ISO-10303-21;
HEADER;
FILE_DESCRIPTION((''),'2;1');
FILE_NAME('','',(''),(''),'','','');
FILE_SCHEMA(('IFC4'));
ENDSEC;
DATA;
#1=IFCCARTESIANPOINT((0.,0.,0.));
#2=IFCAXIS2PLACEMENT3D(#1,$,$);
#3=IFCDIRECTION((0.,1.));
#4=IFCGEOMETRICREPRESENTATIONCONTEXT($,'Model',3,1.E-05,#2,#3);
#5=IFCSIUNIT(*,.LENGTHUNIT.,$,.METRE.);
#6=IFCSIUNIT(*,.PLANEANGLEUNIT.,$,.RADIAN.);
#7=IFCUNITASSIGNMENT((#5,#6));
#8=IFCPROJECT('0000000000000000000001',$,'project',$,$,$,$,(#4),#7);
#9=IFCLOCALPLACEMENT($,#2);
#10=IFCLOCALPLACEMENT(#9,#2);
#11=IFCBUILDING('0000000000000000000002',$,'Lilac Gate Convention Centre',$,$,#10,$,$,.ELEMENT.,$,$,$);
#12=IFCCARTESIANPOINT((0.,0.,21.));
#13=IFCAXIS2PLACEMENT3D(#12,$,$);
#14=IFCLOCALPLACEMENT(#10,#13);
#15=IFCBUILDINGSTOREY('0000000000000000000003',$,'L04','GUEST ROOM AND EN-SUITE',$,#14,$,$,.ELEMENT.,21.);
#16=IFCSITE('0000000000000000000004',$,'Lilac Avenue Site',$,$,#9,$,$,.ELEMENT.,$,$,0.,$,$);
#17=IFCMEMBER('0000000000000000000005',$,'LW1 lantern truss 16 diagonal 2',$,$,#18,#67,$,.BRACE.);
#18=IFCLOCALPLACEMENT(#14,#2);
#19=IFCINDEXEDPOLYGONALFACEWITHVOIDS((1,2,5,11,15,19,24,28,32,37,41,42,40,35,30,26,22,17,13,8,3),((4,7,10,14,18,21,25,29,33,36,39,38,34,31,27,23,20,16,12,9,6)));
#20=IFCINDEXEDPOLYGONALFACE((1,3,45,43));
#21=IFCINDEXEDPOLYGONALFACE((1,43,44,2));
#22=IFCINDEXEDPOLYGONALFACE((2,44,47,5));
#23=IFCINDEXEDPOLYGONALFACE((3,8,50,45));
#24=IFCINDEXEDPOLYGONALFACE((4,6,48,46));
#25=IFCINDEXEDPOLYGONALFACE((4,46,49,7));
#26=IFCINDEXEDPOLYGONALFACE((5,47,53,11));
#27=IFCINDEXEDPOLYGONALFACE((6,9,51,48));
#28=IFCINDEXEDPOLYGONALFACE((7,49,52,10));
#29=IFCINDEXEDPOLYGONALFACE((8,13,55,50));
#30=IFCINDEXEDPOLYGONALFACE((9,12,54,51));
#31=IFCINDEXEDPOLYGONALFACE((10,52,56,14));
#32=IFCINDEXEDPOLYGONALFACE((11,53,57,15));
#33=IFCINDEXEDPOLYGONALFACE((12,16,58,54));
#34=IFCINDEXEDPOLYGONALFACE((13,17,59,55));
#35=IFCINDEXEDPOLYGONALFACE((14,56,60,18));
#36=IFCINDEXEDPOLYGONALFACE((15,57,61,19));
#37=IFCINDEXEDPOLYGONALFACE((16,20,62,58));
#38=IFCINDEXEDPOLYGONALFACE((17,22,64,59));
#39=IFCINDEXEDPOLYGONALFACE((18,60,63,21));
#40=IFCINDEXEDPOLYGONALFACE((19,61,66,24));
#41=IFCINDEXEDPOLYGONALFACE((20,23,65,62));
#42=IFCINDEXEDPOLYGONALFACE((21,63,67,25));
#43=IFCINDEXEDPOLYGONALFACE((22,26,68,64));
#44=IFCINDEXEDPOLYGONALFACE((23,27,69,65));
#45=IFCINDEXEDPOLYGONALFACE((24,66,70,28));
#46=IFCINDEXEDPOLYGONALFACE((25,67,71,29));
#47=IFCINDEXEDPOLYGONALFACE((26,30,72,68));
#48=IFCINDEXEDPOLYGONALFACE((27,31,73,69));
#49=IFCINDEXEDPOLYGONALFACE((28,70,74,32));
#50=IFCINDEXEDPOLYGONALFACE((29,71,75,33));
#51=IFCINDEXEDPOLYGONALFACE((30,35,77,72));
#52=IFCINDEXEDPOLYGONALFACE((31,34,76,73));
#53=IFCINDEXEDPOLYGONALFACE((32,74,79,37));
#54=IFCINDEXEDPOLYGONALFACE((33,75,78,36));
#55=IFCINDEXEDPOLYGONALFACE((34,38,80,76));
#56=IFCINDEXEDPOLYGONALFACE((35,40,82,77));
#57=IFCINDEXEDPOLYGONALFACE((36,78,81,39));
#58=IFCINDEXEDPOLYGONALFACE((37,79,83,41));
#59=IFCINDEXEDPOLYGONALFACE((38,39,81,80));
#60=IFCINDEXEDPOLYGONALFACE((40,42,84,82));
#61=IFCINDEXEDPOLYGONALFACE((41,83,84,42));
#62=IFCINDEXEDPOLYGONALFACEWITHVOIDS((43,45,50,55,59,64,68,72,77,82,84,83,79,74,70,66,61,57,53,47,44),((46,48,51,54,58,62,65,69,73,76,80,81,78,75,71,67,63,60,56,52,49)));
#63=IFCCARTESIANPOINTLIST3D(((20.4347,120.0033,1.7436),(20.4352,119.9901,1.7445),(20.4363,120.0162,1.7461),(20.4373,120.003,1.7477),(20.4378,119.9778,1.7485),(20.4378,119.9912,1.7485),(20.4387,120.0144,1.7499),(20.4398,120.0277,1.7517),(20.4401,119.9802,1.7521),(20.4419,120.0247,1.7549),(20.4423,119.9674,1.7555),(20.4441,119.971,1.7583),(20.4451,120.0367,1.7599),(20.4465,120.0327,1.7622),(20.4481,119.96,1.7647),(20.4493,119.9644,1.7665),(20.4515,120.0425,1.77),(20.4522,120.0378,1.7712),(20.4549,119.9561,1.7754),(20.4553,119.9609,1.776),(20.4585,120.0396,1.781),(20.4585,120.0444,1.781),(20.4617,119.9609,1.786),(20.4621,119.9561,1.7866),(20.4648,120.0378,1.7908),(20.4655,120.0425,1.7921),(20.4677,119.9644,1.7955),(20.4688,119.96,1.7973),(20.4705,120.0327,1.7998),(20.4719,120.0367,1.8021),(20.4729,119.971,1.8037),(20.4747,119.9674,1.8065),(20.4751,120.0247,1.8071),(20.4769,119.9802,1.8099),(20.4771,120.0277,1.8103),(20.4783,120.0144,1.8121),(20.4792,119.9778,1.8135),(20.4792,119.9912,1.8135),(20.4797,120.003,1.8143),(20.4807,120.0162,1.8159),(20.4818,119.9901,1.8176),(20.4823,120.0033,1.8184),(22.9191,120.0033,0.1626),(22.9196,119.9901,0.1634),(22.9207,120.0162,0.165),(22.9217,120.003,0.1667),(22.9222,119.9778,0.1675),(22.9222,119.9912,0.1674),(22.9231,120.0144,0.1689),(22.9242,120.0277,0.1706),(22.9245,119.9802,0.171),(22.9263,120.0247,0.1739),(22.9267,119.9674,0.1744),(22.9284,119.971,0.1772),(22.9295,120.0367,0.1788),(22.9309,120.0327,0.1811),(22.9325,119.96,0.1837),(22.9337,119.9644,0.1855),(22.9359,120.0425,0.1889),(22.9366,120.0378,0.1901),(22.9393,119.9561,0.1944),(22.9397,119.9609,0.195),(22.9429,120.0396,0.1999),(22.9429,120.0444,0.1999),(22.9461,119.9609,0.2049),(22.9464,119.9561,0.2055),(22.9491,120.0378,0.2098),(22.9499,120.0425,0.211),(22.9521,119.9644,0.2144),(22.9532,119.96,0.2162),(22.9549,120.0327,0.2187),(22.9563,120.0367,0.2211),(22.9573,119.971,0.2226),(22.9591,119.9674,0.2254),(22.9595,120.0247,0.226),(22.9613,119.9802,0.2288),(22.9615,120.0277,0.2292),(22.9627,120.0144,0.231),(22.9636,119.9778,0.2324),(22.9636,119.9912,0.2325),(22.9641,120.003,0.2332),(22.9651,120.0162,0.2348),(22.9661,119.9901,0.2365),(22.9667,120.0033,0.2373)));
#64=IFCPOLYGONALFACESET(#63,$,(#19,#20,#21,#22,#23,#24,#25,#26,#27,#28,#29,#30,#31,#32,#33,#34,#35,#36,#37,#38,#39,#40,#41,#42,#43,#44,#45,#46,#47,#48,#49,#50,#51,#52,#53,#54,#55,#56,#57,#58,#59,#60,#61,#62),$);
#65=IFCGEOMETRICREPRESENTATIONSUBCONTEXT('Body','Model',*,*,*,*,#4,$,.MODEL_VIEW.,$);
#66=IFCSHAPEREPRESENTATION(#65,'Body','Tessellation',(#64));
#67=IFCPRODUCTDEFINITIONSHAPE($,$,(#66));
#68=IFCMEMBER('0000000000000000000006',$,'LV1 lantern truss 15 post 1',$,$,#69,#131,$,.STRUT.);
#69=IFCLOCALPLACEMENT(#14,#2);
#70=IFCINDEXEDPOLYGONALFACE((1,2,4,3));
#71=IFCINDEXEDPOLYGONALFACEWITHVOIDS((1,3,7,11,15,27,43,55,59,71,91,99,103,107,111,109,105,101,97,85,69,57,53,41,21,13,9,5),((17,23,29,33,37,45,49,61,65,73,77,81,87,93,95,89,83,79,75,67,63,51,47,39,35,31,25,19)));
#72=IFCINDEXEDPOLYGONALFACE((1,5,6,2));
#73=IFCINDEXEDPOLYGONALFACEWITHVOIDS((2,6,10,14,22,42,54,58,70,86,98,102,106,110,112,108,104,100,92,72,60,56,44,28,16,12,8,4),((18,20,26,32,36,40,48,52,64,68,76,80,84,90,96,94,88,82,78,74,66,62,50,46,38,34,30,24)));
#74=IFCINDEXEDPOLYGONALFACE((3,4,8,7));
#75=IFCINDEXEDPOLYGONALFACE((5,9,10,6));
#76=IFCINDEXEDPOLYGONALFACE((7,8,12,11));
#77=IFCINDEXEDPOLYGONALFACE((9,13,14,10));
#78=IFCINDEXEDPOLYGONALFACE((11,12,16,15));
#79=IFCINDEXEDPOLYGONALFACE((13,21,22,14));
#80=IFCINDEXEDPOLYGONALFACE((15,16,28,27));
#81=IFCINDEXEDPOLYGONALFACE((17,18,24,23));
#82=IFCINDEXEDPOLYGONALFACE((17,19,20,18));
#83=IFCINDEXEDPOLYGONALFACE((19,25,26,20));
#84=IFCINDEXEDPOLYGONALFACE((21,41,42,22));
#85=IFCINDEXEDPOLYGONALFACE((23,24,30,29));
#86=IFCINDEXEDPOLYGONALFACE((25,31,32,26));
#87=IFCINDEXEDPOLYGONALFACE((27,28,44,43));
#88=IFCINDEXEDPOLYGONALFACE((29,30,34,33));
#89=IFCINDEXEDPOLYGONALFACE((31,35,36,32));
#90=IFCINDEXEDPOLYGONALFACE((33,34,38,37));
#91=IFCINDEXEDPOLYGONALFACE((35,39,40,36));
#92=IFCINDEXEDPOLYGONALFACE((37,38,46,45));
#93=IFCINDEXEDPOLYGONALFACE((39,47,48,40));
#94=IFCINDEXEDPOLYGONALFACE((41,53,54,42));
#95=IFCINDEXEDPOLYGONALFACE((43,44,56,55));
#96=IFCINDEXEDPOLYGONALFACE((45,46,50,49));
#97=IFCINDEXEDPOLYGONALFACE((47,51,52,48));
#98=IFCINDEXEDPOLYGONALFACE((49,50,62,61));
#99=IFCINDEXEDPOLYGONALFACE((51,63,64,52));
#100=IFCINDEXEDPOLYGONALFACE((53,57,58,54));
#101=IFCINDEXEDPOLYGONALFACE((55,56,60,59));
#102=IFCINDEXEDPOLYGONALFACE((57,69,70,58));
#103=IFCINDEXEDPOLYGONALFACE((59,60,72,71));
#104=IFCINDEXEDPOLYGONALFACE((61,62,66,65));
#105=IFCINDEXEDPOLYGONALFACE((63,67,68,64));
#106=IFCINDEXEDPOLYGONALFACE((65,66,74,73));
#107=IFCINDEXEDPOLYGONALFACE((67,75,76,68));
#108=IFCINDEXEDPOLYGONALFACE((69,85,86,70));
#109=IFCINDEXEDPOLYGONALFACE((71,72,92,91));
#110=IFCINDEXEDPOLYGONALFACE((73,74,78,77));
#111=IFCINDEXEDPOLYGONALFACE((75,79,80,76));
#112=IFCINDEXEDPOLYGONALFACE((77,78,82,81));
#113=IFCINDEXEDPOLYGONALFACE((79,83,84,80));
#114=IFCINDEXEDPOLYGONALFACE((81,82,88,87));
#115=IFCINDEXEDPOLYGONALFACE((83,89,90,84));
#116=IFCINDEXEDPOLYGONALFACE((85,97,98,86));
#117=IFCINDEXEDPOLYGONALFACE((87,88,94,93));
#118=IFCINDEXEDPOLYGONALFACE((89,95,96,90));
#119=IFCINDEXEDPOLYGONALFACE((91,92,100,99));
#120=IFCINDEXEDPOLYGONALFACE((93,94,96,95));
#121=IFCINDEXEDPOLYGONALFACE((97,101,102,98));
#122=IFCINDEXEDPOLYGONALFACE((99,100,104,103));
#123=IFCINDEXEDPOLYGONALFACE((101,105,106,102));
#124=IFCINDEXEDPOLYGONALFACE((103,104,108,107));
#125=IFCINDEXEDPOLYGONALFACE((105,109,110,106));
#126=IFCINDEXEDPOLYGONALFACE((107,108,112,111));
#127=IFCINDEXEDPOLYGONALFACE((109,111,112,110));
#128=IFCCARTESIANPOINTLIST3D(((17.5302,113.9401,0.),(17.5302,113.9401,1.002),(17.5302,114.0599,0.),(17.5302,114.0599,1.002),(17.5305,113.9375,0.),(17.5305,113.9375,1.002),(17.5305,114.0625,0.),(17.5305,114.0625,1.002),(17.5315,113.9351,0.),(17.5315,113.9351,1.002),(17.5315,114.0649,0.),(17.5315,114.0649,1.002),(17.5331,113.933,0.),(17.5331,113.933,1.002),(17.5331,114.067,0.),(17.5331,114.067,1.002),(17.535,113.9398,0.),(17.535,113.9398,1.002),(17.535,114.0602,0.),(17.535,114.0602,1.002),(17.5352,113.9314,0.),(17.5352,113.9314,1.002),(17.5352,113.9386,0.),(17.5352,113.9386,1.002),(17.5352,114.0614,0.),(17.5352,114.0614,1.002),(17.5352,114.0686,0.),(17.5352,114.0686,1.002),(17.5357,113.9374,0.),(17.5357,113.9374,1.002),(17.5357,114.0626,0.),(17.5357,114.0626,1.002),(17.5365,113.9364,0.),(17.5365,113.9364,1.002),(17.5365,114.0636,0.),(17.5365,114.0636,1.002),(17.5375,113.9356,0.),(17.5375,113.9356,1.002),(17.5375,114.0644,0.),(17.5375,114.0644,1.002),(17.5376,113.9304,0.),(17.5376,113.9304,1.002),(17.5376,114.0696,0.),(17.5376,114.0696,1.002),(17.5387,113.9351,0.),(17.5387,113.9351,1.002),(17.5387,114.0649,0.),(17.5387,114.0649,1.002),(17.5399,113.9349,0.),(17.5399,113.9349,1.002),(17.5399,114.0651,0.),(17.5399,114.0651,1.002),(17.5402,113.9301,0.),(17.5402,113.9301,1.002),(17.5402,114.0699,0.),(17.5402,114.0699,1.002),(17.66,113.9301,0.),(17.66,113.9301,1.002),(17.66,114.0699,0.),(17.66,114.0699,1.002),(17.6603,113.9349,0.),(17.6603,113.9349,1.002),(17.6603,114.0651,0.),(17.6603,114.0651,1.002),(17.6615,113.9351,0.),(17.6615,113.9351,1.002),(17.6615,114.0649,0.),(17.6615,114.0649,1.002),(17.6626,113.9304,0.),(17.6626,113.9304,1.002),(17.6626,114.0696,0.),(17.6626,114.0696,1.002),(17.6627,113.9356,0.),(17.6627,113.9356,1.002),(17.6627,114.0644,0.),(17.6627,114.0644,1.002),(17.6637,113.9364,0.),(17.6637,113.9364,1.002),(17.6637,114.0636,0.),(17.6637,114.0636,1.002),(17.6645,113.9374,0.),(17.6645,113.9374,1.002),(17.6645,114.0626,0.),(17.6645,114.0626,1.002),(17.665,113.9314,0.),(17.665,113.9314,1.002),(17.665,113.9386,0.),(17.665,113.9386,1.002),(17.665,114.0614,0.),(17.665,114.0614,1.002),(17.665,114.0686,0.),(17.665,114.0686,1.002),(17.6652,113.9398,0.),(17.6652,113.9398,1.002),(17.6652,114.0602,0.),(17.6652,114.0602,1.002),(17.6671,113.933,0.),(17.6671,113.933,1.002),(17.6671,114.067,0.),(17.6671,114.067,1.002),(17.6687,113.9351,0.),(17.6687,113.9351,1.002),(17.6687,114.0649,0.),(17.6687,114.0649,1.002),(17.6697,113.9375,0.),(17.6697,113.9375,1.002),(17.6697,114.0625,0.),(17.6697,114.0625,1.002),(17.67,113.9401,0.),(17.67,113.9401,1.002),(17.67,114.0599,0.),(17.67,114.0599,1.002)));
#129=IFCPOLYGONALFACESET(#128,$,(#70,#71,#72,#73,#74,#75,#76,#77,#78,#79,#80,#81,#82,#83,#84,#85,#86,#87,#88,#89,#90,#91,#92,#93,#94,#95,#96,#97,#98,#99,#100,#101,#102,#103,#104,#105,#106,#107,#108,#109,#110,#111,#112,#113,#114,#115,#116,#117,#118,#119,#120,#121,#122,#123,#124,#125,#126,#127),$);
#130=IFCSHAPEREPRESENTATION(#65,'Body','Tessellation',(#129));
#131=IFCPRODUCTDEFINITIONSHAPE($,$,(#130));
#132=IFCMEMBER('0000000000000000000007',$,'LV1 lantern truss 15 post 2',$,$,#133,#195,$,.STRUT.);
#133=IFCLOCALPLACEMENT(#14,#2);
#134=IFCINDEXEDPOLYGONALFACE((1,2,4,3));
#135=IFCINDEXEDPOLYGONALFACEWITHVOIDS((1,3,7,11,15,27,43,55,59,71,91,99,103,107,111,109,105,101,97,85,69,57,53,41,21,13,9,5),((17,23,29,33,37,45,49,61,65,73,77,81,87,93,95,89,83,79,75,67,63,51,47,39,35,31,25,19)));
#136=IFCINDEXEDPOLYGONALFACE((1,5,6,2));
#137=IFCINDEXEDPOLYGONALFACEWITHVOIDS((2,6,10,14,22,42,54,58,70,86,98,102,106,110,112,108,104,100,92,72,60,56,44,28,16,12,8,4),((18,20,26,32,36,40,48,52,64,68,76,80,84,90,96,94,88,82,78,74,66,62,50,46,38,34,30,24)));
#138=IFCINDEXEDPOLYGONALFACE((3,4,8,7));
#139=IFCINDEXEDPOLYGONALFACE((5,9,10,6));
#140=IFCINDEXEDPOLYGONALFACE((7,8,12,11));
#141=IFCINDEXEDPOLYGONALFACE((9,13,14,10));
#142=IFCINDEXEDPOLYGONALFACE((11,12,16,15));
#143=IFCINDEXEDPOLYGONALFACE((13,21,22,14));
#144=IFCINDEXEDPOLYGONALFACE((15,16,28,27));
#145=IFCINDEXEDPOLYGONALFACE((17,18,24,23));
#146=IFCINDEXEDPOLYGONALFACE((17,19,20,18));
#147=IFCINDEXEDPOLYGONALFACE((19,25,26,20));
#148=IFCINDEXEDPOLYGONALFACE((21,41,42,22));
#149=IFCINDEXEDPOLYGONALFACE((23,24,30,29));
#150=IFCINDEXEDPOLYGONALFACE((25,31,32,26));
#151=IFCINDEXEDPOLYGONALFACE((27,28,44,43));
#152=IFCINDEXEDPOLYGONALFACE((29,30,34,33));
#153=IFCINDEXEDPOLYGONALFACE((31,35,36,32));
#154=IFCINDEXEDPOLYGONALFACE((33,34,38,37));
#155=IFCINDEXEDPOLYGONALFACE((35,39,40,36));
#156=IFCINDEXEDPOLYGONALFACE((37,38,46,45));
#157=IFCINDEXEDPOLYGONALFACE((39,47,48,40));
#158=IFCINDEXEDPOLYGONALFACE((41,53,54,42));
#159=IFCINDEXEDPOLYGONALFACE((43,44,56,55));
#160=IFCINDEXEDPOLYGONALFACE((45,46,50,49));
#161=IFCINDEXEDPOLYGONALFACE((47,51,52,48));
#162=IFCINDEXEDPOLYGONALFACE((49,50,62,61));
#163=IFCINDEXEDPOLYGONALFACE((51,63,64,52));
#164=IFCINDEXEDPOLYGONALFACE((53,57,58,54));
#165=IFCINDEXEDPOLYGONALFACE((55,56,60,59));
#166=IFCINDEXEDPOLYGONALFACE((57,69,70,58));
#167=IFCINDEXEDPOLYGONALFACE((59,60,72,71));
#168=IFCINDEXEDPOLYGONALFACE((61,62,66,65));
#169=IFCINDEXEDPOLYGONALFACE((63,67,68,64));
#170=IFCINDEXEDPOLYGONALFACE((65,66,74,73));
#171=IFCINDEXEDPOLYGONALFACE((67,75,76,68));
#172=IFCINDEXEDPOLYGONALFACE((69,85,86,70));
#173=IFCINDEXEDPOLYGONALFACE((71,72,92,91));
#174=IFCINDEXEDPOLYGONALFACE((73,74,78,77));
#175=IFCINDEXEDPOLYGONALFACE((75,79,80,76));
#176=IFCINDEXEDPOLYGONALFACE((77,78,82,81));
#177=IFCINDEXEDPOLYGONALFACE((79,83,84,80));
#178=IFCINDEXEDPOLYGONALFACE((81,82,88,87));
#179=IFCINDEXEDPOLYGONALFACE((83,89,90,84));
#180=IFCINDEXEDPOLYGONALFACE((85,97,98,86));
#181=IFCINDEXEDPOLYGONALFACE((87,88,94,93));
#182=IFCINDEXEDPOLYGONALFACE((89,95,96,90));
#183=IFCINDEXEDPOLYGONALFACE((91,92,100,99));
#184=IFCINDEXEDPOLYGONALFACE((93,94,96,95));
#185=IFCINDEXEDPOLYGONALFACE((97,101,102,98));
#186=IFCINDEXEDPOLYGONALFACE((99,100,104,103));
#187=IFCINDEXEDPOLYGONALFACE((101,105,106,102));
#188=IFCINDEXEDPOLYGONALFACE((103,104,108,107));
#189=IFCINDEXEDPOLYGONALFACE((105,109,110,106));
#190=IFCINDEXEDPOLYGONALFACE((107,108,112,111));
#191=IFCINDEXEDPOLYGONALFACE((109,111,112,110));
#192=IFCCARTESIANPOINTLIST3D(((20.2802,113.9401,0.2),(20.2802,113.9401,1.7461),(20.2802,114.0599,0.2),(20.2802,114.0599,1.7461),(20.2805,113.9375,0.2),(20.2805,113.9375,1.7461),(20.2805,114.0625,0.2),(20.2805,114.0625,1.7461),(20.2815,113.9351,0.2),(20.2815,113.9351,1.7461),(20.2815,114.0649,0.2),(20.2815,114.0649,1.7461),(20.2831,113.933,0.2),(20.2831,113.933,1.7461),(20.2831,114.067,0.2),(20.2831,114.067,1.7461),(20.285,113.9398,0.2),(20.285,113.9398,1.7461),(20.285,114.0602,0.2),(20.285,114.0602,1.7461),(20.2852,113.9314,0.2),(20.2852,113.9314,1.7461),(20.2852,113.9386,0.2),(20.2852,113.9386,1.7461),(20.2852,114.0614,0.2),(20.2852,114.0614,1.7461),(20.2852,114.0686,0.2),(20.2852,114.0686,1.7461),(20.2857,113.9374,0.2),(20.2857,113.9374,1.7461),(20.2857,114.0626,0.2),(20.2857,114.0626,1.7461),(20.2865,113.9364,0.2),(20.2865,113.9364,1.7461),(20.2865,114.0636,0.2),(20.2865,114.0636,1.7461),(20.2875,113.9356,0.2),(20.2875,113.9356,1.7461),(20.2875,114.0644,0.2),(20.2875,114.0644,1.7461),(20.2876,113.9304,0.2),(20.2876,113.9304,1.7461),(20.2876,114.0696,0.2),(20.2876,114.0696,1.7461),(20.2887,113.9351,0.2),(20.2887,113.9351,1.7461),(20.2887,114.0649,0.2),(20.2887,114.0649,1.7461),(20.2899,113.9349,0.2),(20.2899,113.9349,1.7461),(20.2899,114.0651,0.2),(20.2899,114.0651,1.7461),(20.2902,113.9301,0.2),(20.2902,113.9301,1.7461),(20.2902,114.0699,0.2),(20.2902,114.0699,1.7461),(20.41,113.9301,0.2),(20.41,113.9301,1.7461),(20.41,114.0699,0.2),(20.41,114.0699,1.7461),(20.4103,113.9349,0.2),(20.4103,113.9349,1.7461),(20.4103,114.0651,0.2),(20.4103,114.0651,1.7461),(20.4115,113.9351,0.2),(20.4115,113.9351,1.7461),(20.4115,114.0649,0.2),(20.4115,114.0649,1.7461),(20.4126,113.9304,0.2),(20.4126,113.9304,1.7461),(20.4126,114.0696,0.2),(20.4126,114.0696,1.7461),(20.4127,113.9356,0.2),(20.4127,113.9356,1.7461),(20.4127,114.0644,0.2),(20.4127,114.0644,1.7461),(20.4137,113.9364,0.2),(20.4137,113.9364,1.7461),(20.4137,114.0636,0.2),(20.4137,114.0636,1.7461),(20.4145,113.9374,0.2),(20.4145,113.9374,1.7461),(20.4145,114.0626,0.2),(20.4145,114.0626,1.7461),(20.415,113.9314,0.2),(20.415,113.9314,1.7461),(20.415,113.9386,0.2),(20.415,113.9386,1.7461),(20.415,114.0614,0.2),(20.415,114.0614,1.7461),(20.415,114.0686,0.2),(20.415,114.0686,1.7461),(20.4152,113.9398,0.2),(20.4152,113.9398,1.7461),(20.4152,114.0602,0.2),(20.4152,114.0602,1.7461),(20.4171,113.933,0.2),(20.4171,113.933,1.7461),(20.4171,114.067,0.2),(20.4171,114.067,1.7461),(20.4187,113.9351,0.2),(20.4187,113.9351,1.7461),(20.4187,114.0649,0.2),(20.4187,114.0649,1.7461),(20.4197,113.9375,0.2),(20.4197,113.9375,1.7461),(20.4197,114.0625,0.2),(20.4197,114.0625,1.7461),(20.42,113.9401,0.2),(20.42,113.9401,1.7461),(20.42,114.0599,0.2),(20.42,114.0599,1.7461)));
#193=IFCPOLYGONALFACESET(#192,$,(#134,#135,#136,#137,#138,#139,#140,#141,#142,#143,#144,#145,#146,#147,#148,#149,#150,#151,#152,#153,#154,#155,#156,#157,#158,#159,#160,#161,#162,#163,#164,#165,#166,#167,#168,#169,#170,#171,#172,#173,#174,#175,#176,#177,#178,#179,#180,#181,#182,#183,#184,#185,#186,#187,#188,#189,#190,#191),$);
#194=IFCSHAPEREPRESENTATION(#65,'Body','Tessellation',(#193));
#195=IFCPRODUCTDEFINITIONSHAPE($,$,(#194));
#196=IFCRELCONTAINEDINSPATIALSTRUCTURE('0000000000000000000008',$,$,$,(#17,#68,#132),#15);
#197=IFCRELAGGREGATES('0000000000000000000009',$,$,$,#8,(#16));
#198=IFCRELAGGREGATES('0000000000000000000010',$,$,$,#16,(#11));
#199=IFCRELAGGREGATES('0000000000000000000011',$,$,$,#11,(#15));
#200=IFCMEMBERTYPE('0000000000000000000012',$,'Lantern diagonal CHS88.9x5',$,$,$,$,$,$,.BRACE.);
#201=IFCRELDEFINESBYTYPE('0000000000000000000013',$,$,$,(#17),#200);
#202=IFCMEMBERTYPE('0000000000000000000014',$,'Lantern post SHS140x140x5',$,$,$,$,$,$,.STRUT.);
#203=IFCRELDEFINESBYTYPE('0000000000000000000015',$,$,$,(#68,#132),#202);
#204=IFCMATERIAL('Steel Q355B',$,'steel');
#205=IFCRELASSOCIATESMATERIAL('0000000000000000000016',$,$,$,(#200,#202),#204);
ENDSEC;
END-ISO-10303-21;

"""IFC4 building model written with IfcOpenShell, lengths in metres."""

from ifc_helpers import new_model, si_unit, direction, frame, origin, origin_2d, place, context, subcontext, project, spatial, hollow_rectangle, hollow_circle, extrude, material, material_profile, profile_set, type_object, element, save


model = new_model("IFC4")

# Units and contexts
model_context = context("Model", 3, precision=1e-05, world=origin(), true_north=direction((0.0, 1.0)))
body_context = subcontext(model_context, "Body", "Model", "MODEL_VIEW")
ifc_project = project(units=[si_unit("LENGTHUNIT", "METRE"), si_unit("PLANEANGLEUNIT", "RADIAN")], contexts=[model_context])

# Site, building, storey
site_placement = place(None, origin())
site = spatial("IfcSite", under=ifc_project, at=site_placement, Name="Lilac Avenue Site", CompositionType="ELEMENT", RefElevation=0.0)
building_placement = place(site_placement, origin())
building = spatial("IfcBuilding", under=site, at=building_placement, Name="Lilac Gate Convention Centre", CompositionType="ELEMENT")
storey_placement = place(building_placement, frame((0.0, 0.0, 21.0)))
storey = spatial("IfcBuildingStorey", under=building, at=storey_placement, Name="L04", Description="GUEST ROOM AND EN-SUITE", CompositionType="ELEMENT", Elevation=21.0)

# Members
ifc_material_1 = material(Name="Steel Q355B", Category="steel")
ifc_material_profile_1 = material_profile(ifc_material_1, hollow_circle(Radius=0.0444, WallThickness=0.0049, at=origin_2d()), Name="CHS88.9x5")
ifc_profile_set_1 = profile_set([ifc_material_profile_1], Name="Steel Q355B")
member_type_1 = type_object("IfcMemberType", Name="Lantern diagonal CHS88.9x5", PredefinedType="BRACE", material=ifc_profile_set_1)
member_1_placement = place(storey_placement, frame((20.4585, 120.0, 1.781), z_axis=(0.843648, 0.0, -0.536897), x_axis=(0.0, 1.0, 0.0)))
element("IfcMember", 1, at=member_1_placement, inside=storey, type_object=member_type_1, Name="LW1 lantern truss 16 diagonal 2", PredefinedType="BRACE", context=body_context, shape_type="SweptSolid", body=[
    extrude(hollow_circle(Radius=0.0444, WallThickness=0.0049, at=origin_2d()), origin(), (0.0, 0.0, 1.0), 2.9448),
])
ifc_material_profile_2 = material_profile(ifc_material_1, hollow_rectangle(XDim=0.1399, YDim=0.1399, WallThickness=0.0049, InnerFilletRadius=0.0049, OuterFilletRadius=0.01, at=origin_2d()), Name="SHS140x140x5")
ifc_profile_set_2 = profile_set([ifc_material_profile_2], Name="Steel Q355B")
member_type_2 = type_object("IfcMemberType", Name="Lantern post SHS140x140x5", PredefinedType="STRUT", material=ifc_profile_set_2)
member_2_placement = place(storey_placement, frame((17.6001, 114.0, 0.0), z_axis=(0.0, 0.0, 1.0), x_axis=(1.0, 0.0, 0.0)))
element("IfcMember", 2, at=member_2_placement, inside=storey, type_object=member_type_2, Name="LV1 lantern truss 15 post 1", PredefinedType="STRUT", context=body_context, shape_type="SweptSolid", body=[
    extrude(hollow_rectangle(XDim=0.1399, YDim=0.1399, WallThickness=0.0049, InnerFilletRadius=0.0049, OuterFilletRadius=0.01, at=origin_2d()), origin(), (0.0, 0.0, 1.0), 1.002),
])
member_3_placement = place(storey_placement, frame((20.3501, 114.0, 0.2), z_axis=(0.0, 0.0, 1.0), x_axis=(1.0, 0.0, 0.0)))
element("IfcMember", 3, at=member_3_placement, inside=storey, type_object=member_type_2, Name="LV1 lantern truss 15 post 2", PredefinedType="STRUT", context=body_context, shape_type="SweptSolid", body=[
    extrude(hollow_rectangle(XDim=0.1399, YDim=0.1399, WallThickness=0.0049, InnerFilletRadius=0.0049, OuterFilletRadius=0.01, at=origin_2d()), origin(), (0.0, 0.0, 1.0), 1.5461),
])

save(model, "model.ifc")
